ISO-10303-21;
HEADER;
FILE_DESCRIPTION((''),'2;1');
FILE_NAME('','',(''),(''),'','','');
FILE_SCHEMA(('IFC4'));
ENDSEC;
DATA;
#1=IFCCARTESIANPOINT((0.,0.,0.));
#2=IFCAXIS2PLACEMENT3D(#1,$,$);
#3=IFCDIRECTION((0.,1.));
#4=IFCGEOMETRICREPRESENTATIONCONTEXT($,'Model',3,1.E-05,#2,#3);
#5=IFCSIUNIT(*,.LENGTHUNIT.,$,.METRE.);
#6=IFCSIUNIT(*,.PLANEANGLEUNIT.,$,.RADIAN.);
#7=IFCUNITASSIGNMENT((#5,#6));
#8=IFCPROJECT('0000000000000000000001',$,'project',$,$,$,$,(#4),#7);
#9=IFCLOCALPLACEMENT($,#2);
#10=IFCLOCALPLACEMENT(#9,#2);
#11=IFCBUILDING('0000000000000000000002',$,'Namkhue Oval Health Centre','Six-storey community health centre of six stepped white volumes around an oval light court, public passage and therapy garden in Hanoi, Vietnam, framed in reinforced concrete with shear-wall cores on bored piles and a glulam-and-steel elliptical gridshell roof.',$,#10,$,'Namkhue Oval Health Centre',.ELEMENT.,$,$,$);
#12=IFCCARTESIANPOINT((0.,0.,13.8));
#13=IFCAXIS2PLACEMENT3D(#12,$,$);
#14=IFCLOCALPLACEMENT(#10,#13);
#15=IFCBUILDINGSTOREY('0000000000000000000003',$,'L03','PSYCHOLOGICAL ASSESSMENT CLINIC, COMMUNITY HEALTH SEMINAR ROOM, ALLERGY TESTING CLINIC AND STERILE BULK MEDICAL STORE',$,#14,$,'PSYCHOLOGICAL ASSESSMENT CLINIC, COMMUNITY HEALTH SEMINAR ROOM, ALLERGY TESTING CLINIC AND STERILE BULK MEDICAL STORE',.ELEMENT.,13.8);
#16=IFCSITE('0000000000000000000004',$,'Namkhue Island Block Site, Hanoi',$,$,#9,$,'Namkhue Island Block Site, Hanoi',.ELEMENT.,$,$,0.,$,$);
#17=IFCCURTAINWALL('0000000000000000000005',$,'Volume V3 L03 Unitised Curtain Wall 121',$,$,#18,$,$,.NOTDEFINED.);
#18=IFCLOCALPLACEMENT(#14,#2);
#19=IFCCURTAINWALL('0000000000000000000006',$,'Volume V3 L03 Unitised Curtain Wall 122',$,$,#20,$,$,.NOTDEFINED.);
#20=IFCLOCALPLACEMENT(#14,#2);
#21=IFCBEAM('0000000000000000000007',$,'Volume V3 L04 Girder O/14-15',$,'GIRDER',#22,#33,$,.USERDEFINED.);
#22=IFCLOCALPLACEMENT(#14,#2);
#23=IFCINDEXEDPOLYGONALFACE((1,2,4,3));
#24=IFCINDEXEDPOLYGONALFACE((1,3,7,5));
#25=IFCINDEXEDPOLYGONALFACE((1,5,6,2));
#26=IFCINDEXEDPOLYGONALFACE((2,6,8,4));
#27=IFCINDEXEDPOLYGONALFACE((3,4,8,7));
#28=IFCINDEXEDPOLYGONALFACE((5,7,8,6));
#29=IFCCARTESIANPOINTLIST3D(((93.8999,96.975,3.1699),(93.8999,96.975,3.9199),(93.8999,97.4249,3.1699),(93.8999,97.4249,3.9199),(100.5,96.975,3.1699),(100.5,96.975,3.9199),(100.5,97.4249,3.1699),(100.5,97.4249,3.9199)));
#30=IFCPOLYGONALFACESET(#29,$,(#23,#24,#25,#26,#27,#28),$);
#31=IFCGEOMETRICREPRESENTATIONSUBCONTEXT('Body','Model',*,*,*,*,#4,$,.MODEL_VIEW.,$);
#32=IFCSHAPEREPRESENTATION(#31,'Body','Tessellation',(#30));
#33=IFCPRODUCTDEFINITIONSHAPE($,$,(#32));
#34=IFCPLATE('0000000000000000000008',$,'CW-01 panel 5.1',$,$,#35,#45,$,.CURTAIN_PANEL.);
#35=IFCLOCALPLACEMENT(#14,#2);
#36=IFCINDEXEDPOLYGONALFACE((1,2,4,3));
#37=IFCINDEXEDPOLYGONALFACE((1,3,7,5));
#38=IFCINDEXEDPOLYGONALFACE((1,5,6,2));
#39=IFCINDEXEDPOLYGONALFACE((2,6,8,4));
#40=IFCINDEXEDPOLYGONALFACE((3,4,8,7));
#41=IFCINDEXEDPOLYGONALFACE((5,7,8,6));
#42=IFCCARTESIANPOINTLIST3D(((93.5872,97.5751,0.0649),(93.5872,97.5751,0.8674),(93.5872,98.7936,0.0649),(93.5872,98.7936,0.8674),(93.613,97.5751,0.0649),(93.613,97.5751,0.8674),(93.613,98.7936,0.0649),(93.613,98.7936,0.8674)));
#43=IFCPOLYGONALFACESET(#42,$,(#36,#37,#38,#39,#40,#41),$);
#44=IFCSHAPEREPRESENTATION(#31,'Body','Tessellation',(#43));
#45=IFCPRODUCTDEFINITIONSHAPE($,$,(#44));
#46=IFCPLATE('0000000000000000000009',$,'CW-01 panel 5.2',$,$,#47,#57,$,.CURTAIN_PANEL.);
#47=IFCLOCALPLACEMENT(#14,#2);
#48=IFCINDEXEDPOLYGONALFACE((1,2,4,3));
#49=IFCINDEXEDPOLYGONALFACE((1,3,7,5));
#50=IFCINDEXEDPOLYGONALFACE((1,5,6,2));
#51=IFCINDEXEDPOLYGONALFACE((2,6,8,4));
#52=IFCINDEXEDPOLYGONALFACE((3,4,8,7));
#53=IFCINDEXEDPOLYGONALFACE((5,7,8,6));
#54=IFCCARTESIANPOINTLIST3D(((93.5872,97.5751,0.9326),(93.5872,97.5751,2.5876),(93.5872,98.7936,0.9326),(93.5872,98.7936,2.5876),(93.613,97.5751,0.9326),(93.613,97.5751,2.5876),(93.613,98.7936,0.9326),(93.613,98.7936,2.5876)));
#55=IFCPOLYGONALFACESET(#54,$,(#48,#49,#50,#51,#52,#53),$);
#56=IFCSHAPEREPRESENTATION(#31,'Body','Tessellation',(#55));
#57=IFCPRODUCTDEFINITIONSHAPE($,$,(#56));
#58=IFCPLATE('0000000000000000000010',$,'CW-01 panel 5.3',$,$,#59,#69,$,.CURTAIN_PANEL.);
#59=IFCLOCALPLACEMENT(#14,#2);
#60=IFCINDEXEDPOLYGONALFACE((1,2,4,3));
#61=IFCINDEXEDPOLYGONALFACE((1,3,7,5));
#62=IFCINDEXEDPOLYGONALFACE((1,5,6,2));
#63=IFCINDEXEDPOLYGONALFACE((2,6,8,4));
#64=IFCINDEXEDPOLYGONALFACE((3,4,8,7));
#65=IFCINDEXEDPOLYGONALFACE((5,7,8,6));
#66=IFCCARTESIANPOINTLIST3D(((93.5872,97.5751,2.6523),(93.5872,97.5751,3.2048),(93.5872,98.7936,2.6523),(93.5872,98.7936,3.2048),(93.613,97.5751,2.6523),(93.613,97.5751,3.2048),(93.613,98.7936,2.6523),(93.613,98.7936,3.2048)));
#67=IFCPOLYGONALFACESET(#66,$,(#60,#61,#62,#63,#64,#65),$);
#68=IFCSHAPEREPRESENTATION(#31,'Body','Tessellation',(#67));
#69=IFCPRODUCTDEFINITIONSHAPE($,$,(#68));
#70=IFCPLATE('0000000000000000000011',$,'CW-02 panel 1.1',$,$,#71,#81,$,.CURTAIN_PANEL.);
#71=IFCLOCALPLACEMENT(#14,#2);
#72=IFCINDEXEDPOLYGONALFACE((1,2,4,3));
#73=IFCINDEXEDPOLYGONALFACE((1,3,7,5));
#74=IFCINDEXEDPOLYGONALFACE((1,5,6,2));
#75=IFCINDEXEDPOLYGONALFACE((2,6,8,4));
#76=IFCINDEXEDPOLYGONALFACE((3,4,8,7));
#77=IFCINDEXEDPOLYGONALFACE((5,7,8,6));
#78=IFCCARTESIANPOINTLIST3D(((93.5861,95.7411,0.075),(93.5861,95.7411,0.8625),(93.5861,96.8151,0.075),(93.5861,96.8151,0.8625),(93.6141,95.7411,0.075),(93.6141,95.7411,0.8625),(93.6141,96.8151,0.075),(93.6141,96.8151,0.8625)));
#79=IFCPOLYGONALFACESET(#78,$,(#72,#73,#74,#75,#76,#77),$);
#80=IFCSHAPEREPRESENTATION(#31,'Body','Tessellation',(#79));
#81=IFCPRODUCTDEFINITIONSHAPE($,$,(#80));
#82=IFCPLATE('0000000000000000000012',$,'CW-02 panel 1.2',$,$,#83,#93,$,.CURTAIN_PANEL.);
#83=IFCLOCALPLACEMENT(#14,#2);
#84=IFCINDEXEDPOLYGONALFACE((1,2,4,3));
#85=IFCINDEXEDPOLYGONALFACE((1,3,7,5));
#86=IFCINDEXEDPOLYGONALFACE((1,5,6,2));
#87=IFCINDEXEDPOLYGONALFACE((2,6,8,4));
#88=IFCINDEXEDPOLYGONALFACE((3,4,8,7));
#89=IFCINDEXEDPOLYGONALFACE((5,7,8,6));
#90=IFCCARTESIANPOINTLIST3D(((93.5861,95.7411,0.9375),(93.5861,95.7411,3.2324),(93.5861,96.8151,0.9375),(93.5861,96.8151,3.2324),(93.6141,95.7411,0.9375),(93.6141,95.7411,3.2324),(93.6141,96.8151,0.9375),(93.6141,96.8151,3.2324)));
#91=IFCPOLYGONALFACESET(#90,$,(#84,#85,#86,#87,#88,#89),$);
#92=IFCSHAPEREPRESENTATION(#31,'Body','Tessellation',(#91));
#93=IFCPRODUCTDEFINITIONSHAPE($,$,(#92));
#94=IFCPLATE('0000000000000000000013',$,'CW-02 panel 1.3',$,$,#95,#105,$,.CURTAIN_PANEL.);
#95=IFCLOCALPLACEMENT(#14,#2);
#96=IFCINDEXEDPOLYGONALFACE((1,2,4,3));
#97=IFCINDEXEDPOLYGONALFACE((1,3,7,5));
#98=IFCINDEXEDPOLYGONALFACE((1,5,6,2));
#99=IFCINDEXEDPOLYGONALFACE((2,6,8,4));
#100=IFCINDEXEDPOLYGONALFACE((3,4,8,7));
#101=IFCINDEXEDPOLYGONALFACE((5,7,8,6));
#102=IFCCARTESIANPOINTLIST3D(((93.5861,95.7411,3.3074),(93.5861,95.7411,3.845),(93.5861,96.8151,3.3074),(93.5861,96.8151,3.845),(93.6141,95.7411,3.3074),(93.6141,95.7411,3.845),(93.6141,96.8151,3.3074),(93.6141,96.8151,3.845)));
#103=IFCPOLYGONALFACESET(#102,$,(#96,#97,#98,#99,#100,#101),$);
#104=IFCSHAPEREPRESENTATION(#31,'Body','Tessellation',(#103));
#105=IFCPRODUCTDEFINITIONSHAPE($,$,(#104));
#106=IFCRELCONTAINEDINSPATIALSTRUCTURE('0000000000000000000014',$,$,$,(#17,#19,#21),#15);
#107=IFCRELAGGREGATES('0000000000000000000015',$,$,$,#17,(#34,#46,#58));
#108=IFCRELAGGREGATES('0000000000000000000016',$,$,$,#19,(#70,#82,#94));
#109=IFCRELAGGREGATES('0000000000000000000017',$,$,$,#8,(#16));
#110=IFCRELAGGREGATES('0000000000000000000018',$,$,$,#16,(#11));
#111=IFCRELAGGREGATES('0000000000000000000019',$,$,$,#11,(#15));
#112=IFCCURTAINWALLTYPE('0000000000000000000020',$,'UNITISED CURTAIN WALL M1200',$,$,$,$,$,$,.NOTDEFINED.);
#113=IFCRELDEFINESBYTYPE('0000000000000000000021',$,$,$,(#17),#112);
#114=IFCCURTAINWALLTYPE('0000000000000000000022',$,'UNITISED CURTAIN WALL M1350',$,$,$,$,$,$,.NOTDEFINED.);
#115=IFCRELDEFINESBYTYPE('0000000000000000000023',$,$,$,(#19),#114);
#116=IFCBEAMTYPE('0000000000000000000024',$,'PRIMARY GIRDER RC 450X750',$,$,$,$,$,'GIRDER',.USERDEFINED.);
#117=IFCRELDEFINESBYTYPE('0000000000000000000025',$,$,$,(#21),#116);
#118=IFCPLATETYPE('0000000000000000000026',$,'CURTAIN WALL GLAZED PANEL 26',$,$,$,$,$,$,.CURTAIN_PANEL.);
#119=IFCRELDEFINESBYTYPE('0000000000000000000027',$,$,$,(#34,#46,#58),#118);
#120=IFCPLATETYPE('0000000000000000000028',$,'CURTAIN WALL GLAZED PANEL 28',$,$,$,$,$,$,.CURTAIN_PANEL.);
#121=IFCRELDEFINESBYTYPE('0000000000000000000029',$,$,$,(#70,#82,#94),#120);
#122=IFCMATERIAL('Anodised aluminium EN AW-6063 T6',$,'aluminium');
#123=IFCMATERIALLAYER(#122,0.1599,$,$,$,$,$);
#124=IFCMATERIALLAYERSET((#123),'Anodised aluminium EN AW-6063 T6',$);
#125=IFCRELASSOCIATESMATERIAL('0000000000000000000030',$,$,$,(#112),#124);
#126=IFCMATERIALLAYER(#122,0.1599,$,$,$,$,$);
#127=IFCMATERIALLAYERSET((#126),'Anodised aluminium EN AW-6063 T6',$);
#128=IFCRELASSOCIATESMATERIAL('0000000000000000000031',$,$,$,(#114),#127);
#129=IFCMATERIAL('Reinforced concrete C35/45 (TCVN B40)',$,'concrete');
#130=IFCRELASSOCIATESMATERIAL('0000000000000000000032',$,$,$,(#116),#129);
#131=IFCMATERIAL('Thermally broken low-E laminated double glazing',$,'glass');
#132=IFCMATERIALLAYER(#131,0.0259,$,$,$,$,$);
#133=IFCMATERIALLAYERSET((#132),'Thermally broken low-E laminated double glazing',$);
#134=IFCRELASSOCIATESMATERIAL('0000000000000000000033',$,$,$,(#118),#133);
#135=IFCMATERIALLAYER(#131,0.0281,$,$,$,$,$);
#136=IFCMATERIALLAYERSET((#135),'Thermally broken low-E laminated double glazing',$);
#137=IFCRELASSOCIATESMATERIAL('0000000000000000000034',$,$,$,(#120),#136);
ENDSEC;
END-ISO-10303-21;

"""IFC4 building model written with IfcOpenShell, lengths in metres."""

from ifc_helpers import new_model, si_unit, direction, frame, origin, origin_2d, place, context, subcontext, project, spatial, rectangle, extrude, material, layer, layer_set, material_profile, profile_set, type_object, element, aggregate, save


model = new_model("IFC4")

# Units and contexts
model_context = context("Model", 3, precision=1e-05, world=origin(), true_north=direction((0.0, 1.0)))
body_context = subcontext(model_context, "Body", "Model", "MODEL_VIEW")
ifc_project = project(units=[si_unit("LENGTHUNIT", "METRE"), si_unit("PLANEANGLEUNIT", "RADIAN")], contexts=[model_context])

# Site, building, storey
site_placement = place(None, origin())
site = spatial("IfcSite", under=ifc_project, at=site_placement, Name="Namkhue Island Block Site, Hanoi", LongName="Namkhue Island Block Site, Hanoi", CompositionType="ELEMENT", RefElevation=0.0)
building_placement = place(site_placement, origin())
building = spatial("IfcBuilding", under=site, at=building_placement, Name="Namkhue Oval Health Centre", Description="Six-storey community health centre of six stepped white volumes around an oval light court, public passage and therapy garden in Hanoi, Vietnam, framed in reinforced concrete with shear-wall cores on bored piles and a glulam-and-steel elliptical gridshell roof.", LongName="Namkhue Oval Health Centre", CompositionType="ELEMENT")
storey_placement = place(building_placement, frame((0.0, 0.0, 13.8)))
storey = spatial("IfcBuildingStorey", under=building, at=storey_placement, Name="L03", Description="PSYCHOLOGICAL ASSESSMENT CLINIC, COMMUNITY HEALTH SEMINAR ROOM, ALLERGY TESTING CLINIC AND STERILE BULK MEDICAL STORE", LongName="PSYCHOLOGICAL ASSESSMENT CLINIC, COMMUNITY HEALTH SEMINAR ROOM, ALLERGY TESTING CLINIC AND STERILE BULK MEDICAL STORE", CompositionType="ELEMENT", Elevation=13.8)

# Shared definitions
ifc_material_1 = material(Name="Reinforced concrete C35/45 (TCVN B40)", Category="concrete")

# Curtain wall
ifc_material_2 = material(Name="Anodised aluminium EN AW-6063 T6", Category="aluminium")
ifc_layer_1 = layer(ifc_material_2, 0.1599)
ifc_layer_set_1 = layer_set([ifc_layer_1], Name="Anodised aluminium EN AW-6063 T6")
curtain_wall_type_1 = type_object("IfcCurtainWallType", Name="UNITISED CURTAIN WALL M1200", PredefinedType="NOTDEFINED", material=ifc_layer_set_1)
curtain_wall_1_placement = place(storey_placement, origin())
curtain_wall_1 = element("IfcCurtainWall", 1, at=curtain_wall_1_placement, inside=storey, type_object=curtain_wall_type_1, Name="Volume V3 L03 Unitised Curtain Wall 121", PredefinedType="NOTDEFINED")

# Curtain wall
ifc_layer_2 = layer(ifc_material_2, 0.1599)
ifc_layer_set_2 = layer_set([ifc_layer_2], Name="Anodised aluminium EN AW-6063 T6")
curtain_wall_type_2 = type_object("IfcCurtainWallType", Name="UNITISED CURTAIN WALL M1350", PredefinedType="NOTDEFINED", material=ifc_layer_set_2)
curtain_wall_2_placement = place(storey_placement, origin())
curtain_wall_2 = element("IfcCurtainWall", 2, at=curtain_wall_2_placement, inside=storey, type_object=curtain_wall_type_2, Name="Volume V3 L03 Unitised Curtain Wall 122", PredefinedType="NOTDEFINED")

# Beam
ifc_material_profile_1 = material_profile(ifc_material_1, rectangle(XDim=0.45, YDim=0.75, at=origin_2d()), Name="RC 450x750")
ifc_profile_set_1 = profile_set([ifc_material_profile_1], Name="Reinforced concrete C35/45 (TCVN B40)")
beam_type_1 = type_object("IfcBeamType", Name="PRIMARY GIRDER RC 450X750", ElementType="GIRDER", PredefinedType="USERDEFINED", material=ifc_profile_set_1)
beam_1_placement = place(storey_placement, frame((93.8999, 97.2, 3.5449), z_axis=(1.0, 0.0, 0.0), x_axis=(0.0, 1.0, 0.0)))
element("IfcBeam", 3, at=beam_1_placement, inside=storey, type_object=beam_type_1, Name="Volume V3 L04 Girder O/14-15", ObjectType="GIRDER", PredefinedType="USERDEFINED", context=body_context, shape_type="SweptSolid", body=[
    extrude(rectangle(XDim=0.45, YDim=0.75, at=origin_2d()), origin(), (0.0, 0.0, 1.0), 6.6001),
])

# Plates
ifc_material_3 = material(Name="Thermally broken low-E laminated double glazing", Category="glass")
ifc_layer_3 = layer(ifc_material_3, 0.0259)
ifc_layer_set_3 = layer_set([ifc_layer_3], Name="Thermally broken low-E laminated double glazing")
plate_type_1 = type_object("IfcPlateType", Name="CURTAIN WALL GLAZED PANEL 26", PredefinedType="CURTAIN_PANEL", material=ifc_layer_set_3)
plate_1_placement = place(storey_placement, frame((93.6001, 98.1843, 0.0649), z_axis=(0.0, 0.0, 1.0), x_axis=(0.0, -1.0, 0.0)))
plate_1 = element("IfcPlate", 4, at=plate_1_placement, type_object=plate_type_1, Name="CW-01 panel 5.1", PredefinedType="CURTAIN_PANEL", context=body_context, shape_type="SweptSolid", body=[
    extrude(rectangle(XDim=1.2185, YDim=0.0259, at=origin_2d()), origin(), (0.0, 0.0, 1.0), 0.8025),
])
plate_2_placement = place(storey_placement, frame((93.6001, 98.1843, 0.9326), z_axis=(0.0, 0.0, 1.0), x_axis=(0.0, -1.0, 0.0)))
plate_2 = element("IfcPlate", 5, at=plate_2_placement, type_object=plate_type_1, Name="CW-01 panel 5.2", PredefinedType="CURTAIN_PANEL", context=body_context, shape_type="SweptSolid", body=[
    extrude(rectangle(XDim=1.2185, YDim=0.0259, at=origin_2d()), origin(), (0.0, 0.0, 1.0), 1.655),
])
plate_3_placement = place(storey_placement, frame((93.6001, 98.1843, 2.6523), z_axis=(0.0, 0.0, 1.0), x_axis=(0.0, -1.0, 0.0)))
plate_3 = element("IfcPlate", 6, at=plate_3_placement, type_object=plate_type_1, Name="CW-01 panel 5.3", PredefinedType="CURTAIN_PANEL", context=body_context, shape_type="SweptSolid", body=[
    extrude(rectangle(XDim=1.2185, YDim=0.0259, at=origin_2d()), origin(), (0.0, 0.0, 1.0), 0.5525),
])
aggregate(curtain_wall_1, [plate_1, plate_2, plate_3])
ifc_layer_4 = layer(ifc_material_3, 0.0281)
ifc_layer_set_4 = layer_set([ifc_layer_4], Name="Thermally broken low-E laminated double glazing")
plate_type_2 = type_object("IfcPlateType", Name="CURTAIN WALL GLAZED PANEL 28", PredefinedType="CURTAIN_PANEL", material=ifc_layer_set_4)
plate_4_placement = place(storey_placement, frame((93.6001, 96.2781, 0.075), z_axis=(0.0, 0.0, 1.0), x_axis=(0.0, -1.0, 0.0)))
plate_4 = element("IfcPlate", 7, at=plate_4_placement, type_object=plate_type_2, Name="CW-02 panel 1.1", PredefinedType="CURTAIN_PANEL", context=body_context, shape_type="SweptSolid", body=[
    extrude(rectangle(XDim=1.074, YDim=0.0281, at=origin_2d()), origin(), (0.0, 0.0, 1.0), 0.7876),
])
plate_5_placement = place(storey_placement, frame((93.6001, 96.2781, 0.9375), z_axis=(0.0, 0.0, 1.0), x_axis=(0.0, -1.0, 0.0)))
plate_5 = element("IfcPlate", 8, at=plate_5_placement, type_object=plate_type_2, Name="CW-02 panel 1.2", PredefinedType="CURTAIN_PANEL", context=body_context, shape_type="SweptSolid", body=[
    extrude(rectangle(XDim=1.074, YDim=0.0281, at=origin_2d()), origin(), (0.0, 0.0, 1.0), 2.2949),
])
plate_6_placement = place(storey_placement, frame((93.6001, 96.2781, 3.3074), z_axis=(0.0, 0.0, 1.0), x_axis=(0.0, -1.0, 0.0)))
plate_6 = element("IfcPlate", 9, at=plate_6_placement, type_object=plate_type_2, Name="CW-02 panel 1.3", PredefinedType="CURTAIN_PANEL", context=body_context, shape_type="SweptSolid", body=[
    extrude(rectangle(XDim=1.074, YDim=0.0281, at=origin_2d()), origin(), (0.0, 0.0, 1.0), 0.5376),
])
aggregate(curtain_wall_2, [plate_4, plate_5, plate_6])

save(model, "model.ifc")
